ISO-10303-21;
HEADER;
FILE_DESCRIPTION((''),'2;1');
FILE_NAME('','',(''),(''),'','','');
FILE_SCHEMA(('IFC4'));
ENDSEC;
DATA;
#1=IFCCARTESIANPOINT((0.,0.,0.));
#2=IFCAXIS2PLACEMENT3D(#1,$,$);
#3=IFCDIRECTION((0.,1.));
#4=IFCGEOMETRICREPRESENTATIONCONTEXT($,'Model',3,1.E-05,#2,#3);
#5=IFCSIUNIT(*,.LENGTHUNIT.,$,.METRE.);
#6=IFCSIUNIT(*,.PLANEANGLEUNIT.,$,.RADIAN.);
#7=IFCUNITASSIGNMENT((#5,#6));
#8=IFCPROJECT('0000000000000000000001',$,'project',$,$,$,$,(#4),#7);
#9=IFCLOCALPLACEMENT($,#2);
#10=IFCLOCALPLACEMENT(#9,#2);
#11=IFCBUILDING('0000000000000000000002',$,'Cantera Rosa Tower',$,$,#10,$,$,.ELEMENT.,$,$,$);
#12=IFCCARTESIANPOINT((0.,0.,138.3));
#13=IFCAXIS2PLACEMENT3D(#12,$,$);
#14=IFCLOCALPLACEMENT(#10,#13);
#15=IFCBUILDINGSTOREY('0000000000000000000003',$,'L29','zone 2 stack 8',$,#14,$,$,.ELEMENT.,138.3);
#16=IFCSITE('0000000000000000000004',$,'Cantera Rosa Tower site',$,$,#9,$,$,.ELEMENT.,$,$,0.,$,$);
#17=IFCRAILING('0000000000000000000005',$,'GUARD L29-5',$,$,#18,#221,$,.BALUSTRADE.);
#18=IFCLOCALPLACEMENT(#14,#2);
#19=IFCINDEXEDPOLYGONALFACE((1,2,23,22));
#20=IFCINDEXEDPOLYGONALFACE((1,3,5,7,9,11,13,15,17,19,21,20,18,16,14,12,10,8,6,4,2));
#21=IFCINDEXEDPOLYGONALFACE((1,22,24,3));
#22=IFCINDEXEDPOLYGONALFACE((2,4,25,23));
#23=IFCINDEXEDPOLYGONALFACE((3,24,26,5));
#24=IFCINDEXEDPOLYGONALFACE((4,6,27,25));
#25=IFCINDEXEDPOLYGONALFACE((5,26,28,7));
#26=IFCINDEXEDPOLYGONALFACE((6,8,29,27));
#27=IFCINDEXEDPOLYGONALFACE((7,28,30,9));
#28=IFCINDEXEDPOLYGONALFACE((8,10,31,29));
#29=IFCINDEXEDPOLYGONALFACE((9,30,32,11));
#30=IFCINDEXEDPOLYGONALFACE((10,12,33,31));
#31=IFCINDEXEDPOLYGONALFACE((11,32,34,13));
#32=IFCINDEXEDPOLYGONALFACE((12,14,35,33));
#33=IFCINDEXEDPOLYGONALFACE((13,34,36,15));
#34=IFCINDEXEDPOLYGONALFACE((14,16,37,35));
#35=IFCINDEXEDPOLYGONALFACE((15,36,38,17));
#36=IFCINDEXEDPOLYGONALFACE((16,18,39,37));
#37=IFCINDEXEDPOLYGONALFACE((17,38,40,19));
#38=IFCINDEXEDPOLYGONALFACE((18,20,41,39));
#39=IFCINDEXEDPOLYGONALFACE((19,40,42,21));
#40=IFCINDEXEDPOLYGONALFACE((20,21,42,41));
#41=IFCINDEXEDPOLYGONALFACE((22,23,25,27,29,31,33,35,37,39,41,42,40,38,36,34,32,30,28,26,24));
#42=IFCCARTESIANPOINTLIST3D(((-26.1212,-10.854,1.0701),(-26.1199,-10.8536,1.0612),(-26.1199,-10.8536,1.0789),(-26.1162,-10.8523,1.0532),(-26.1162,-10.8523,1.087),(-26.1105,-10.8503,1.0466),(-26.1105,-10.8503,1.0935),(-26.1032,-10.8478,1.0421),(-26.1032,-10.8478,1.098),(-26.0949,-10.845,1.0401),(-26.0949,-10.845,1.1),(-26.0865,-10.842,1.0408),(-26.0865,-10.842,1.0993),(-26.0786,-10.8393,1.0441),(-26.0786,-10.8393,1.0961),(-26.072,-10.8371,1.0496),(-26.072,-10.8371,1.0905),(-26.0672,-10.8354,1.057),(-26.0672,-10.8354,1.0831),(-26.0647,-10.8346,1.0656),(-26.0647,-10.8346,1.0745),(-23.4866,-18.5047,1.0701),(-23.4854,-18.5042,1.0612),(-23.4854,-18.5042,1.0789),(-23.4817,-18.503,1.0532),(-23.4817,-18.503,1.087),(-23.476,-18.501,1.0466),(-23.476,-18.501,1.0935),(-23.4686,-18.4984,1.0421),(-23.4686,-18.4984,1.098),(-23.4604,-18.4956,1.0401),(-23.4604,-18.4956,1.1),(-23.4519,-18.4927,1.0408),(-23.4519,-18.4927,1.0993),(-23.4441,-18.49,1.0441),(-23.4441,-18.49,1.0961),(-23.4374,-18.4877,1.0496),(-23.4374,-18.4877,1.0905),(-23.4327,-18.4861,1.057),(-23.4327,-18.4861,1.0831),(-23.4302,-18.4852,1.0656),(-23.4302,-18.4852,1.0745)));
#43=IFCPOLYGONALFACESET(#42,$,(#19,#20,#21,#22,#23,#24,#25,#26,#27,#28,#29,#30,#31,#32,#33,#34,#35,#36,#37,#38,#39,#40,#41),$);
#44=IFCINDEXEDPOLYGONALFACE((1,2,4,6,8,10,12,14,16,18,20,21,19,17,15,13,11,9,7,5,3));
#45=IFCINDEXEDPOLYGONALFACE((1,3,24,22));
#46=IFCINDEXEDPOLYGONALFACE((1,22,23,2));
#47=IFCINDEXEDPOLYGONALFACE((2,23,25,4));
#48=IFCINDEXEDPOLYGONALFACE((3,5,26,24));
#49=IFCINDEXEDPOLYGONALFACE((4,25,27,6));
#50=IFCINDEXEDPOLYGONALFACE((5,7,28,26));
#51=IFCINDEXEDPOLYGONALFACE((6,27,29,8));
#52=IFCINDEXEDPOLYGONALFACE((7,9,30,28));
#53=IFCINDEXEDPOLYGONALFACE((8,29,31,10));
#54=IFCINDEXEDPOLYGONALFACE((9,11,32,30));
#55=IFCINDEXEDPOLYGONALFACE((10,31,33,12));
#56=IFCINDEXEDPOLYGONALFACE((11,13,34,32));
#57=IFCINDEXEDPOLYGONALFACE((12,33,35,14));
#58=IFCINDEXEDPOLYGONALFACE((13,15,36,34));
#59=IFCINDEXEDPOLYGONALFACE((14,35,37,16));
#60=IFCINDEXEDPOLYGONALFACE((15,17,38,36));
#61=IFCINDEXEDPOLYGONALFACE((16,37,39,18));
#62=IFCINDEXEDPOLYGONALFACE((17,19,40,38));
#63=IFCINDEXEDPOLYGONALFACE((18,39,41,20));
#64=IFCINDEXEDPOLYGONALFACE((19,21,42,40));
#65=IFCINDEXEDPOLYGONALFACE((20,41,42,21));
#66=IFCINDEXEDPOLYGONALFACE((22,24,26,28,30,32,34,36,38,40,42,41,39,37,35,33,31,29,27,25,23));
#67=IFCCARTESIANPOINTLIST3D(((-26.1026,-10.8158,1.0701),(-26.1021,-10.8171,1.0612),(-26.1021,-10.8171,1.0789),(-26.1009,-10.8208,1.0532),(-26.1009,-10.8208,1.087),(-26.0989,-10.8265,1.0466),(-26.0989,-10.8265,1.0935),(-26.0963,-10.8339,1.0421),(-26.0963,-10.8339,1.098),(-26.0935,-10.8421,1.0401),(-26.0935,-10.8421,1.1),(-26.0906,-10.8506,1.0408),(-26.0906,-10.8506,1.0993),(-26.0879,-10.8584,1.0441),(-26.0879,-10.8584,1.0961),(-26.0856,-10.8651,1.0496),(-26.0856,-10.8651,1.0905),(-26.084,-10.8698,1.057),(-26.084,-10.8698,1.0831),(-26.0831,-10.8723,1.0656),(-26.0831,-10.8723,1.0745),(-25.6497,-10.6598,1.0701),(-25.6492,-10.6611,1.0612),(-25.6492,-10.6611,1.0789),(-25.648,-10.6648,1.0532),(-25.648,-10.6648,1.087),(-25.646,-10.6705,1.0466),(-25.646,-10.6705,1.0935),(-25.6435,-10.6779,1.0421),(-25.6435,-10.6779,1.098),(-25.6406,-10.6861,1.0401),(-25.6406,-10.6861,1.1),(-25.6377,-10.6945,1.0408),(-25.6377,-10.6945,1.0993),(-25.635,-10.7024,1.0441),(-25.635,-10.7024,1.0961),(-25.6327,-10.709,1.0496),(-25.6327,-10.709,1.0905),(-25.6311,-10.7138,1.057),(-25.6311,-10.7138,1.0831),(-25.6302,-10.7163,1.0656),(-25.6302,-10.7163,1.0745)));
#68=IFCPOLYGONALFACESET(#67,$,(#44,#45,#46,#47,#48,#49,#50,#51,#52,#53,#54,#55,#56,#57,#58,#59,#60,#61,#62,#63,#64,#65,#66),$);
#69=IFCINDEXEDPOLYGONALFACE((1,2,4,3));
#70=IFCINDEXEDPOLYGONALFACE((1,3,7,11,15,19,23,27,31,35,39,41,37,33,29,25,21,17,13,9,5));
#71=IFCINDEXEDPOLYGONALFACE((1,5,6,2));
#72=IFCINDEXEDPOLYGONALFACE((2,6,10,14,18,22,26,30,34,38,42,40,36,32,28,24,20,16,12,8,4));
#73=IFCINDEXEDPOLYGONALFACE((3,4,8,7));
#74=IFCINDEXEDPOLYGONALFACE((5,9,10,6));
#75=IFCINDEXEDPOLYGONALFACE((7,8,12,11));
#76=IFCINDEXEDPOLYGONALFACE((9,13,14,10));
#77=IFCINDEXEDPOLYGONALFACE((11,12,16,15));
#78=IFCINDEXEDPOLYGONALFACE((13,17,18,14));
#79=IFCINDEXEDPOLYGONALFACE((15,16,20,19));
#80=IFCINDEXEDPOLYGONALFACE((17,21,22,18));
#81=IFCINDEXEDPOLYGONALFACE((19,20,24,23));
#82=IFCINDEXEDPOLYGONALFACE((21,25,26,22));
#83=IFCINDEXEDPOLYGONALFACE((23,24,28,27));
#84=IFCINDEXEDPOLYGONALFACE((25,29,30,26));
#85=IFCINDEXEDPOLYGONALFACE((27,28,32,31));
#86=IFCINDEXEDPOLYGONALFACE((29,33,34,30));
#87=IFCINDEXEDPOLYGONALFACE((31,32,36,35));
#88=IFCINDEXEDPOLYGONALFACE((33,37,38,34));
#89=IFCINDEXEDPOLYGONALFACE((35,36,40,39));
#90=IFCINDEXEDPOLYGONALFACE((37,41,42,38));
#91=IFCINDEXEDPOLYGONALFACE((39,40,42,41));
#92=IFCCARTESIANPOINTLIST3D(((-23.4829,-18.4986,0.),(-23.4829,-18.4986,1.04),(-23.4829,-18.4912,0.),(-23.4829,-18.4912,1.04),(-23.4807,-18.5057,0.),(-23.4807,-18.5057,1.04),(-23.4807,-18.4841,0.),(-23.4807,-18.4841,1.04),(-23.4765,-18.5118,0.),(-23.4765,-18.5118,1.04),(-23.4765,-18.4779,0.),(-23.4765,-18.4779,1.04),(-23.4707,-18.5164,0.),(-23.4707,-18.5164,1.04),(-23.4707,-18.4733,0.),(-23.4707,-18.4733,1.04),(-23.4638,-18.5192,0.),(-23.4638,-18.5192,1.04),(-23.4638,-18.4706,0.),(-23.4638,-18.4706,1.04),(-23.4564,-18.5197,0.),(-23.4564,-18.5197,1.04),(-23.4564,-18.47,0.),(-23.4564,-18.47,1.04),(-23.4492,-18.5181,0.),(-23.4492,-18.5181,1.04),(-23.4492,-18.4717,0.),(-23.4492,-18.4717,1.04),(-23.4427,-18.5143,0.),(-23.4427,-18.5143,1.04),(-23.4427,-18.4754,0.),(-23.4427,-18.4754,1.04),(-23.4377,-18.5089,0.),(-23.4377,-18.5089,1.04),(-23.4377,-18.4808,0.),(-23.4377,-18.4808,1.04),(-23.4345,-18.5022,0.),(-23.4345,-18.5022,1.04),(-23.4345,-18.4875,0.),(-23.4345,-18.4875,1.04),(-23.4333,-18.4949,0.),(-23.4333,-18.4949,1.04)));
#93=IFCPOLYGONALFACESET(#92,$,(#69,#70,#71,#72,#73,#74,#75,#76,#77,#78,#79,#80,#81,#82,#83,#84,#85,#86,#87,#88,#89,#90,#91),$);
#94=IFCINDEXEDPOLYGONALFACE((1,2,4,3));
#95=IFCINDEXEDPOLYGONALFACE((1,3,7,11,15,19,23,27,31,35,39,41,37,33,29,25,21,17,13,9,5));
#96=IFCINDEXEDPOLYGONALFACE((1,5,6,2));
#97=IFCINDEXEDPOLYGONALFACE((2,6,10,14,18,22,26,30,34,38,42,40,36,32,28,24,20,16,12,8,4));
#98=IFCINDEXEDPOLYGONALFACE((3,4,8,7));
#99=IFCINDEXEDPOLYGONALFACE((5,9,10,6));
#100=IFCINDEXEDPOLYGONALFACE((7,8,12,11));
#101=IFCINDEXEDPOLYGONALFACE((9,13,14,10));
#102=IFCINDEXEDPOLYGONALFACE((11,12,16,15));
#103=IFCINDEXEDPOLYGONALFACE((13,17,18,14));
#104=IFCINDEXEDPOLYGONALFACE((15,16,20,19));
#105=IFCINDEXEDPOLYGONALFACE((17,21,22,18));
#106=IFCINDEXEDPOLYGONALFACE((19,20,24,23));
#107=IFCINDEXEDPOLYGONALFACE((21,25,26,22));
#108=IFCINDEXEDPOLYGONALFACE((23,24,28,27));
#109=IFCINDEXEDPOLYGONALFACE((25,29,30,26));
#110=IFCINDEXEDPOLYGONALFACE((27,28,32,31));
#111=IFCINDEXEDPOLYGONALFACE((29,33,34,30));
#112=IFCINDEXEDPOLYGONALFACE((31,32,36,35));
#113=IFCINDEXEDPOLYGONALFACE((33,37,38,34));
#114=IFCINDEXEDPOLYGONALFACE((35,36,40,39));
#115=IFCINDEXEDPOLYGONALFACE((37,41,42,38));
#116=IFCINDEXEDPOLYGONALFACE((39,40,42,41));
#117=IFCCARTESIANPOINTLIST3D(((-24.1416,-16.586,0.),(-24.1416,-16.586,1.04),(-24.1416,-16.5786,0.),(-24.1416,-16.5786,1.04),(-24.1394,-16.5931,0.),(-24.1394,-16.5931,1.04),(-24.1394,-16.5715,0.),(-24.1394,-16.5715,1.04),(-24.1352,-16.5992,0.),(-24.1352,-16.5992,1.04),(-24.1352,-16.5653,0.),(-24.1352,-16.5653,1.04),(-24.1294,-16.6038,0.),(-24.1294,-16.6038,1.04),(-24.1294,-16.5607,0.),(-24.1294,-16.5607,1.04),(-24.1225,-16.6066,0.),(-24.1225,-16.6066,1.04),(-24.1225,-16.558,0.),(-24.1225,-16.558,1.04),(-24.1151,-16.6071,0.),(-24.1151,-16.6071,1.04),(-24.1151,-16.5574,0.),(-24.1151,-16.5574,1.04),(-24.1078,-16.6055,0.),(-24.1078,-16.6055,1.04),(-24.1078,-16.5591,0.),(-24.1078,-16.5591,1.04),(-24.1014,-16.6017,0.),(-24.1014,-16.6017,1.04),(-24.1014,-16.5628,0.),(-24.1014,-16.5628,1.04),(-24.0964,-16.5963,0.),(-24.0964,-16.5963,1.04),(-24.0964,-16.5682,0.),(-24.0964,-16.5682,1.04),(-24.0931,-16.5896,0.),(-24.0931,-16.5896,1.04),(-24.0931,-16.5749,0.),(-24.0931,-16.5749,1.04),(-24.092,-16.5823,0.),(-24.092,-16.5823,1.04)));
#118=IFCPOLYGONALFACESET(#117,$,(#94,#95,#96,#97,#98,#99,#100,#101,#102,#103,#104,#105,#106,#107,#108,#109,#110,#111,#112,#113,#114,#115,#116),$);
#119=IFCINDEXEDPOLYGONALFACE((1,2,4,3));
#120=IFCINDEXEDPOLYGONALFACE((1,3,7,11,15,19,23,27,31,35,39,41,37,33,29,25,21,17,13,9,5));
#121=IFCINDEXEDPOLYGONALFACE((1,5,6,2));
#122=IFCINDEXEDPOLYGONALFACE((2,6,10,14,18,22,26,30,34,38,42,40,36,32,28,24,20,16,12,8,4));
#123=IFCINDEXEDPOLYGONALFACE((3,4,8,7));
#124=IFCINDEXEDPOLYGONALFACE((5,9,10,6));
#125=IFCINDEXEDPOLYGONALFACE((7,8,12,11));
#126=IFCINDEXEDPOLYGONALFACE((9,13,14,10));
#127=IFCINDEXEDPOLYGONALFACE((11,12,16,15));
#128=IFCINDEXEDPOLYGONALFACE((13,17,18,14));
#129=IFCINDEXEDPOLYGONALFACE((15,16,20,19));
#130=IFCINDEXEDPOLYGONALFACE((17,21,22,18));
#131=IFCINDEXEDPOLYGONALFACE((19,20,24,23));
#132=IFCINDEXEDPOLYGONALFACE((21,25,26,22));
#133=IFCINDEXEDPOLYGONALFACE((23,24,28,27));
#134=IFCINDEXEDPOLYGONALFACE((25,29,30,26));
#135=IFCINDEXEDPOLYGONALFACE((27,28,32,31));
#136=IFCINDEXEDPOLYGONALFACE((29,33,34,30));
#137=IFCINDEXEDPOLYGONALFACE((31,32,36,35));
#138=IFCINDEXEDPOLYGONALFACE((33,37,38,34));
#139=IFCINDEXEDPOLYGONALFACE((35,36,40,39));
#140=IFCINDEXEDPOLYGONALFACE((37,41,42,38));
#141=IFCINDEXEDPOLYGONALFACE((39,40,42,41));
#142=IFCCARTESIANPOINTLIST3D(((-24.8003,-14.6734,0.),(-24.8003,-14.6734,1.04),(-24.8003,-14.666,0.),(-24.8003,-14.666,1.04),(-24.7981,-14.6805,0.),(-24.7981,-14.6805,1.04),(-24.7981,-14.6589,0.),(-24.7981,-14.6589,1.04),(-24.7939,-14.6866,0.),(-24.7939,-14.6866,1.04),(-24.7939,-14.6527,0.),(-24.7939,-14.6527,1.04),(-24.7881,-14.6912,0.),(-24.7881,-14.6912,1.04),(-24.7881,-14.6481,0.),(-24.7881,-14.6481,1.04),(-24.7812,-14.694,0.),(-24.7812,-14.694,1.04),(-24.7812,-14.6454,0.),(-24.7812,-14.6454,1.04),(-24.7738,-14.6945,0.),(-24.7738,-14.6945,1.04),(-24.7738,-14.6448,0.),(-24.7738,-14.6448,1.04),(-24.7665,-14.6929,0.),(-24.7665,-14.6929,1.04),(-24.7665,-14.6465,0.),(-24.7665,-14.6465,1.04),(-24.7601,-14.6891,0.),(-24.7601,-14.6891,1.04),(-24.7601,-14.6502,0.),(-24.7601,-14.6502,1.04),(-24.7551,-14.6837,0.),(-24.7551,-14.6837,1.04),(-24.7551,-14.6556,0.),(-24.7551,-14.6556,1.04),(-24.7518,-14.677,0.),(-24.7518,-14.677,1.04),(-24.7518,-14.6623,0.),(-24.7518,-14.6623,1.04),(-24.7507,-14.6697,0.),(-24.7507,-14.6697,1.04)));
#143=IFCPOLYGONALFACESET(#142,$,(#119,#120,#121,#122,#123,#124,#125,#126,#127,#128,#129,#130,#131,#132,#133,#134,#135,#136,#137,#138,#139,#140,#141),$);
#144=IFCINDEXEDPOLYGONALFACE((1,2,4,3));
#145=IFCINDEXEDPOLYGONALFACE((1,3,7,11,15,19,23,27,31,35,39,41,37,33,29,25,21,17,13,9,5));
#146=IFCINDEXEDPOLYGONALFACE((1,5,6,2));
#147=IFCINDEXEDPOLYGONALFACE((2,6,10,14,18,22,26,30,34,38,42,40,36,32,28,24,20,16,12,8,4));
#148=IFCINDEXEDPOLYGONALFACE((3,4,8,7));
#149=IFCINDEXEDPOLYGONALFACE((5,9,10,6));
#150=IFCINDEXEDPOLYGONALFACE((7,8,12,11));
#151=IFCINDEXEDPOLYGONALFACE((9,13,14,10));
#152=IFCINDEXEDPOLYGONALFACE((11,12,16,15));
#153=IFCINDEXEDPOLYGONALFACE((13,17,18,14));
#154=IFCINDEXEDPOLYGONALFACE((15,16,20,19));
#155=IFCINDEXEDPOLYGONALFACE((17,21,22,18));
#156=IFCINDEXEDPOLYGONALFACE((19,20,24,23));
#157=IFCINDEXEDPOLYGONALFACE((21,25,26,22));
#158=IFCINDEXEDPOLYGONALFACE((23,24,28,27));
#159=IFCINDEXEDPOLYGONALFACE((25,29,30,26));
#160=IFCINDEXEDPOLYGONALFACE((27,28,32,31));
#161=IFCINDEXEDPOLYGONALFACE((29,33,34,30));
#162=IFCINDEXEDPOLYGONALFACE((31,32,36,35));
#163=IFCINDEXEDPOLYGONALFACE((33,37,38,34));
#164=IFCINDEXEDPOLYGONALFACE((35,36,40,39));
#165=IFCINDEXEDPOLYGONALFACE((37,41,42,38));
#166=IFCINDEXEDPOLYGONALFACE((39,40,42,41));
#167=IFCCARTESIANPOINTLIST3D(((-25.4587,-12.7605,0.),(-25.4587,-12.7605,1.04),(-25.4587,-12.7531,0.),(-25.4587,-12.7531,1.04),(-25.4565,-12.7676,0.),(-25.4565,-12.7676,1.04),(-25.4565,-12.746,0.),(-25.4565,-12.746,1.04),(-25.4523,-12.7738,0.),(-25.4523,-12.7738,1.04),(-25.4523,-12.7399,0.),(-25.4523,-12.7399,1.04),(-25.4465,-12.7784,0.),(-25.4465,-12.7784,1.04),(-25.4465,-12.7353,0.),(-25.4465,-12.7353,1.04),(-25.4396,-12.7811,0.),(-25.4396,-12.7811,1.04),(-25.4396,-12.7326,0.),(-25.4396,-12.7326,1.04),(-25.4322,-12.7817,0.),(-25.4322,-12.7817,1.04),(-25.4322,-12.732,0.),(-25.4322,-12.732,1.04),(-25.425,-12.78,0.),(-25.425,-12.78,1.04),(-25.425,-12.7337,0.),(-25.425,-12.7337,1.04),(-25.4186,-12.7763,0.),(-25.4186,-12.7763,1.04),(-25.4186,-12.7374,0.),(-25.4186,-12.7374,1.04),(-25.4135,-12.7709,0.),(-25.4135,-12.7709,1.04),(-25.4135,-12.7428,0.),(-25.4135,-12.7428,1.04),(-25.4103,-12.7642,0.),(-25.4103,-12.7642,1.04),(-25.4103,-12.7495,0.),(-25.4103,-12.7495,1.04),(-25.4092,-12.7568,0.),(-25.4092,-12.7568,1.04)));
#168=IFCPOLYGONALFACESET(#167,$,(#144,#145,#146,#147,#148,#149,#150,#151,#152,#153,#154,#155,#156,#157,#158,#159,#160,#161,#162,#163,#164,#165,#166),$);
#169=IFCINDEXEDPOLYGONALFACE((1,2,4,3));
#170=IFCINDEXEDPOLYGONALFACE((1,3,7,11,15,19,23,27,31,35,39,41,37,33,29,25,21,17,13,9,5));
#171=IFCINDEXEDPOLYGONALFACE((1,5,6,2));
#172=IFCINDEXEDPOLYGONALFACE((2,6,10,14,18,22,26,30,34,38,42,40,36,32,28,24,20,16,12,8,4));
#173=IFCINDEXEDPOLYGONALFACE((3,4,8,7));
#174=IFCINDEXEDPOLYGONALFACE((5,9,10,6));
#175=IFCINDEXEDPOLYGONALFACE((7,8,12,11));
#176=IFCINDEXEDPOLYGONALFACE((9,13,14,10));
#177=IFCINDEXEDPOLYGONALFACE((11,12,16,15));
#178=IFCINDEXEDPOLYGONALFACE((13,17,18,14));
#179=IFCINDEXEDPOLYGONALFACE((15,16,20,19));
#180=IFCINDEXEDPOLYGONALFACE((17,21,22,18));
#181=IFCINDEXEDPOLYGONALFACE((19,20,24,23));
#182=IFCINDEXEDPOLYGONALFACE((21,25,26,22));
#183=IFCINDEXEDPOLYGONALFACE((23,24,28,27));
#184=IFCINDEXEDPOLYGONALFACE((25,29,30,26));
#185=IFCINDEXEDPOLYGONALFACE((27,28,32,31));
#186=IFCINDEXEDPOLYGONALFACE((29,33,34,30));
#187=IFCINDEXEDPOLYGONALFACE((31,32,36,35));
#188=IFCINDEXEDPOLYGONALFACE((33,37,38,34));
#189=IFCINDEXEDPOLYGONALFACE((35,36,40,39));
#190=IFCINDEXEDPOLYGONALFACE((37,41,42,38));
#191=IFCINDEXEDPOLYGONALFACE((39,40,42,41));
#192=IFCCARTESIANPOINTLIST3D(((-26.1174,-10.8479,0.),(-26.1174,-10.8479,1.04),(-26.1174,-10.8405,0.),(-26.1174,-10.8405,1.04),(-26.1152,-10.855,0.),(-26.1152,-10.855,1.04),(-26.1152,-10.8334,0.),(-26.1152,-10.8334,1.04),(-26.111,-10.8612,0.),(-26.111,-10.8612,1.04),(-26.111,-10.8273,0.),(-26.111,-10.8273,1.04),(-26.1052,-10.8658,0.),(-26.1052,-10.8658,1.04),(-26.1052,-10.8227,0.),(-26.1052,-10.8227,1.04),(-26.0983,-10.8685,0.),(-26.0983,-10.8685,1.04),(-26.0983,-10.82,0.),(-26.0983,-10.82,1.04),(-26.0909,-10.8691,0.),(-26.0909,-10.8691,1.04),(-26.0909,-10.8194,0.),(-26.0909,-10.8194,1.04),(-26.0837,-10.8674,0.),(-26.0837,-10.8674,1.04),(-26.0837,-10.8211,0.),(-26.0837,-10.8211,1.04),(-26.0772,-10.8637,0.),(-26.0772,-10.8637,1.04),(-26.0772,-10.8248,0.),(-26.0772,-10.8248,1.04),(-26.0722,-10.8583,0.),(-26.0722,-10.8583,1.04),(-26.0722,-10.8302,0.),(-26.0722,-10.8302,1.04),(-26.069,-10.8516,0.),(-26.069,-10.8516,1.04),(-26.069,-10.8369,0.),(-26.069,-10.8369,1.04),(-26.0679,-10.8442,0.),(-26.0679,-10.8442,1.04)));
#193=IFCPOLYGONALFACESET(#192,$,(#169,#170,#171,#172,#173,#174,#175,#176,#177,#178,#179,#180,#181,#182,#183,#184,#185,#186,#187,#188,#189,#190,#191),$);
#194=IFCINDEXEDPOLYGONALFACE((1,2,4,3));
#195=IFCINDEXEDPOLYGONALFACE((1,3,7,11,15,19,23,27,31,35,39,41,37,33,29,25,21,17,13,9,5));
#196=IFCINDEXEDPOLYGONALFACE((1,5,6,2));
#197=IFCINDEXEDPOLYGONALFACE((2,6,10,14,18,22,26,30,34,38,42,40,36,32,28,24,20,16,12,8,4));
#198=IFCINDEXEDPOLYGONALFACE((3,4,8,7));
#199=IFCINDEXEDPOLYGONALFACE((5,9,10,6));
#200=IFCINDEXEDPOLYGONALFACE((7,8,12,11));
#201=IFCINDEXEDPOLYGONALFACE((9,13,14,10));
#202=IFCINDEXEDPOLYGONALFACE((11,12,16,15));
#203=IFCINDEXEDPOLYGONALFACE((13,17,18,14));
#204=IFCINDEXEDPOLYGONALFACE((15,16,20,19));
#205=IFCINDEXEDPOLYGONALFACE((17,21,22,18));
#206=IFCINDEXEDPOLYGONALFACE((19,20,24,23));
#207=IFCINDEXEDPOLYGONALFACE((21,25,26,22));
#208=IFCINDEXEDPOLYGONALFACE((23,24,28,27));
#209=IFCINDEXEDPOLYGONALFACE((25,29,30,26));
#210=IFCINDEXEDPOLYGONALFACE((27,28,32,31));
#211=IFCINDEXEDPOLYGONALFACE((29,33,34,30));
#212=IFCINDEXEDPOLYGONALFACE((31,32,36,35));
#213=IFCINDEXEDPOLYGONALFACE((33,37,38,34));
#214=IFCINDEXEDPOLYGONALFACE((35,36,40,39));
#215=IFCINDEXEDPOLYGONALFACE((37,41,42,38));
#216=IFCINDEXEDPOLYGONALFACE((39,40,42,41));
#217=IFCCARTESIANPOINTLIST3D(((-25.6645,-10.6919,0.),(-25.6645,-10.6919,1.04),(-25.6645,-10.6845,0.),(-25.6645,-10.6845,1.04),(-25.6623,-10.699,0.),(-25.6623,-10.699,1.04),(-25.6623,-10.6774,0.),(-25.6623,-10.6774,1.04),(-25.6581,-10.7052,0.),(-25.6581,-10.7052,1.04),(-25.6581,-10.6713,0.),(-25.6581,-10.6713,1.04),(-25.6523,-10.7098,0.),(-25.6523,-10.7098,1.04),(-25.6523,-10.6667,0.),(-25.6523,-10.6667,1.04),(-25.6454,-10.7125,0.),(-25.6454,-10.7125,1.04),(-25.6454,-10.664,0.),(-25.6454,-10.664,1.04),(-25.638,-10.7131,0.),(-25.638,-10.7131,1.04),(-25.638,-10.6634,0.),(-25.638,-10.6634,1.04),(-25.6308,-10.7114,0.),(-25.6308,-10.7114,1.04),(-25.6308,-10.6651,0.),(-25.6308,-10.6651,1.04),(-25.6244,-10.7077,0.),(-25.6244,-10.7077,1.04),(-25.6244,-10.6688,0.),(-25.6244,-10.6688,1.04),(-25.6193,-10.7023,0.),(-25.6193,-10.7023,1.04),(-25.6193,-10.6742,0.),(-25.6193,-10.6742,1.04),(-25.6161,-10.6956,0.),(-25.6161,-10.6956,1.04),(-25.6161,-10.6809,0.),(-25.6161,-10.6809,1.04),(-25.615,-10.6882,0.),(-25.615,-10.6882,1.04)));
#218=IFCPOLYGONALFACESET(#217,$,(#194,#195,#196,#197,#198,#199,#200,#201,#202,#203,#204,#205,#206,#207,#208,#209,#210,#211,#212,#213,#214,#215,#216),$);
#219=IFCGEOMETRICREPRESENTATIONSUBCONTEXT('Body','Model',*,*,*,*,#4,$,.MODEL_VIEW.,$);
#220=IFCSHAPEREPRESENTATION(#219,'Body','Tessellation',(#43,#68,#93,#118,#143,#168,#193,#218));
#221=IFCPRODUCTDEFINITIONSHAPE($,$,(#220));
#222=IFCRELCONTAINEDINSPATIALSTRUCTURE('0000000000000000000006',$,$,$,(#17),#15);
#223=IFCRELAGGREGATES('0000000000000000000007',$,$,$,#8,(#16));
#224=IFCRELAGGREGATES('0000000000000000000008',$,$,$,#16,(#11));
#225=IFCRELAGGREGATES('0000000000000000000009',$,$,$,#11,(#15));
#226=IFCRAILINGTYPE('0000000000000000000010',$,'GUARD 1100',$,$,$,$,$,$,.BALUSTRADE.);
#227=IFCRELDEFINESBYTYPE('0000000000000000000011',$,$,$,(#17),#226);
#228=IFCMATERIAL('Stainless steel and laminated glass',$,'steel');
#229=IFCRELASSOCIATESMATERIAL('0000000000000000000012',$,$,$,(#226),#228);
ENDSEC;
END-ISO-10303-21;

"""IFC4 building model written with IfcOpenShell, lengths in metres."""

from ifc_helpers import new_model, si_unit, direction, frame, origin, origin_2d, place, context, subcontext, project, spatial, circle, extrude, material, type_object, element, save


model = new_model("IFC4")

# Units and contexts
model_context = context("Model", 3, precision=1e-05, world=origin(), true_north=direction((0.0, 1.0)))
body_context = subcontext(model_context, "Body", "Model", "MODEL_VIEW")
ifc_project = project(units=[si_unit("LENGTHUNIT", "METRE"), si_unit("PLANEANGLEUNIT", "RADIAN")], contexts=[model_context])

# Site, building, storey
site_placement = place(None, origin())
site = spatial("IfcSite", under=ifc_project, at=site_placement, Name="Cantera Rosa Tower site", CompositionType="ELEMENT", RefElevation=0.0)
building_placement = place(site_placement, origin())
building = spatial("IfcBuilding", under=site, at=building_placement, Name="Cantera Rosa Tower", CompositionType="ELEMENT")
storey_placement = place(building_placement, frame((0.0, 0.0, 138.3)))
storey = spatial("IfcBuildingStorey", under=building, at=storey_placement, Name="L29", Description="zone 2 stack 8", CompositionType="ELEMENT", Elevation=138.3)

# Railing
ifc_material_1 = material(Name="Stainless steel and laminated glass", Category="steel")
railing_type = type_object("IfcRailingType", Name="GUARD 1100", PredefinedType="BALUSTRADE", material=ifc_material_1)
railing_1_placement = place(storey_placement, frame((-23.4583, -18.4949, 0.0)))
element("IfcRailing", 1, at=railing_1_placement, inside=storey, type_object=railing_type, Name="GUARD L29-5", PredefinedType="BALUSTRADE", context=body_context, shape_type="SweptSolid", body=[
    extrude(circle(Radius=0.03, at=origin_2d()), frame((0.0, 0.0, 1.0701), z_axis=(-0.32559, 0.945511, 0.0), x_axis=(-0.945511, -0.32559, 0.0)), (0.0, 0.0, 1.0), 8.0916),
    extrude(circle(Radius=0.03, at=origin_2d()), frame((-2.6345, 7.6506, 1.0701), z_axis=(0.945476, 0.325692, 0.0), x_axis=(-0.325692, 0.945476, 0.0)), (0.0, 0.0, 1.0), 0.479),
    extrude(circle(Radius=0.0249, at=origin_2d()), origin(), (0.0, 0.0, 1.0), 1.04),
    extrude(circle(Radius=0.0249, at=origin_2d()), frame((-0.6587, 1.9126, 0.0)), (0.0, 0.0, 1.0), 1.04),
    extrude(circle(Radius=0.0249, at=origin_2d()), frame((-1.3174, 3.8252, 0.0)), (0.0, 0.0, 1.0), 1.04),
    extrude(circle(Radius=0.0249, at=origin_2d()), frame((-1.9758, 5.738, 0.0)), (0.0, 0.0, 1.0), 1.04),
    extrude(circle(Radius=0.0249, at=origin_2d()), frame((-2.6345, 7.6506, 0.0)), (0.0, 0.0, 1.0), 1.04),
    extrude(circle(Radius=0.0249, at=origin_2d()), frame((-2.1816, 7.8066, 0.0)), (0.0, 0.0, 1.0), 1.04),
])

save(model, "model.ifc")
